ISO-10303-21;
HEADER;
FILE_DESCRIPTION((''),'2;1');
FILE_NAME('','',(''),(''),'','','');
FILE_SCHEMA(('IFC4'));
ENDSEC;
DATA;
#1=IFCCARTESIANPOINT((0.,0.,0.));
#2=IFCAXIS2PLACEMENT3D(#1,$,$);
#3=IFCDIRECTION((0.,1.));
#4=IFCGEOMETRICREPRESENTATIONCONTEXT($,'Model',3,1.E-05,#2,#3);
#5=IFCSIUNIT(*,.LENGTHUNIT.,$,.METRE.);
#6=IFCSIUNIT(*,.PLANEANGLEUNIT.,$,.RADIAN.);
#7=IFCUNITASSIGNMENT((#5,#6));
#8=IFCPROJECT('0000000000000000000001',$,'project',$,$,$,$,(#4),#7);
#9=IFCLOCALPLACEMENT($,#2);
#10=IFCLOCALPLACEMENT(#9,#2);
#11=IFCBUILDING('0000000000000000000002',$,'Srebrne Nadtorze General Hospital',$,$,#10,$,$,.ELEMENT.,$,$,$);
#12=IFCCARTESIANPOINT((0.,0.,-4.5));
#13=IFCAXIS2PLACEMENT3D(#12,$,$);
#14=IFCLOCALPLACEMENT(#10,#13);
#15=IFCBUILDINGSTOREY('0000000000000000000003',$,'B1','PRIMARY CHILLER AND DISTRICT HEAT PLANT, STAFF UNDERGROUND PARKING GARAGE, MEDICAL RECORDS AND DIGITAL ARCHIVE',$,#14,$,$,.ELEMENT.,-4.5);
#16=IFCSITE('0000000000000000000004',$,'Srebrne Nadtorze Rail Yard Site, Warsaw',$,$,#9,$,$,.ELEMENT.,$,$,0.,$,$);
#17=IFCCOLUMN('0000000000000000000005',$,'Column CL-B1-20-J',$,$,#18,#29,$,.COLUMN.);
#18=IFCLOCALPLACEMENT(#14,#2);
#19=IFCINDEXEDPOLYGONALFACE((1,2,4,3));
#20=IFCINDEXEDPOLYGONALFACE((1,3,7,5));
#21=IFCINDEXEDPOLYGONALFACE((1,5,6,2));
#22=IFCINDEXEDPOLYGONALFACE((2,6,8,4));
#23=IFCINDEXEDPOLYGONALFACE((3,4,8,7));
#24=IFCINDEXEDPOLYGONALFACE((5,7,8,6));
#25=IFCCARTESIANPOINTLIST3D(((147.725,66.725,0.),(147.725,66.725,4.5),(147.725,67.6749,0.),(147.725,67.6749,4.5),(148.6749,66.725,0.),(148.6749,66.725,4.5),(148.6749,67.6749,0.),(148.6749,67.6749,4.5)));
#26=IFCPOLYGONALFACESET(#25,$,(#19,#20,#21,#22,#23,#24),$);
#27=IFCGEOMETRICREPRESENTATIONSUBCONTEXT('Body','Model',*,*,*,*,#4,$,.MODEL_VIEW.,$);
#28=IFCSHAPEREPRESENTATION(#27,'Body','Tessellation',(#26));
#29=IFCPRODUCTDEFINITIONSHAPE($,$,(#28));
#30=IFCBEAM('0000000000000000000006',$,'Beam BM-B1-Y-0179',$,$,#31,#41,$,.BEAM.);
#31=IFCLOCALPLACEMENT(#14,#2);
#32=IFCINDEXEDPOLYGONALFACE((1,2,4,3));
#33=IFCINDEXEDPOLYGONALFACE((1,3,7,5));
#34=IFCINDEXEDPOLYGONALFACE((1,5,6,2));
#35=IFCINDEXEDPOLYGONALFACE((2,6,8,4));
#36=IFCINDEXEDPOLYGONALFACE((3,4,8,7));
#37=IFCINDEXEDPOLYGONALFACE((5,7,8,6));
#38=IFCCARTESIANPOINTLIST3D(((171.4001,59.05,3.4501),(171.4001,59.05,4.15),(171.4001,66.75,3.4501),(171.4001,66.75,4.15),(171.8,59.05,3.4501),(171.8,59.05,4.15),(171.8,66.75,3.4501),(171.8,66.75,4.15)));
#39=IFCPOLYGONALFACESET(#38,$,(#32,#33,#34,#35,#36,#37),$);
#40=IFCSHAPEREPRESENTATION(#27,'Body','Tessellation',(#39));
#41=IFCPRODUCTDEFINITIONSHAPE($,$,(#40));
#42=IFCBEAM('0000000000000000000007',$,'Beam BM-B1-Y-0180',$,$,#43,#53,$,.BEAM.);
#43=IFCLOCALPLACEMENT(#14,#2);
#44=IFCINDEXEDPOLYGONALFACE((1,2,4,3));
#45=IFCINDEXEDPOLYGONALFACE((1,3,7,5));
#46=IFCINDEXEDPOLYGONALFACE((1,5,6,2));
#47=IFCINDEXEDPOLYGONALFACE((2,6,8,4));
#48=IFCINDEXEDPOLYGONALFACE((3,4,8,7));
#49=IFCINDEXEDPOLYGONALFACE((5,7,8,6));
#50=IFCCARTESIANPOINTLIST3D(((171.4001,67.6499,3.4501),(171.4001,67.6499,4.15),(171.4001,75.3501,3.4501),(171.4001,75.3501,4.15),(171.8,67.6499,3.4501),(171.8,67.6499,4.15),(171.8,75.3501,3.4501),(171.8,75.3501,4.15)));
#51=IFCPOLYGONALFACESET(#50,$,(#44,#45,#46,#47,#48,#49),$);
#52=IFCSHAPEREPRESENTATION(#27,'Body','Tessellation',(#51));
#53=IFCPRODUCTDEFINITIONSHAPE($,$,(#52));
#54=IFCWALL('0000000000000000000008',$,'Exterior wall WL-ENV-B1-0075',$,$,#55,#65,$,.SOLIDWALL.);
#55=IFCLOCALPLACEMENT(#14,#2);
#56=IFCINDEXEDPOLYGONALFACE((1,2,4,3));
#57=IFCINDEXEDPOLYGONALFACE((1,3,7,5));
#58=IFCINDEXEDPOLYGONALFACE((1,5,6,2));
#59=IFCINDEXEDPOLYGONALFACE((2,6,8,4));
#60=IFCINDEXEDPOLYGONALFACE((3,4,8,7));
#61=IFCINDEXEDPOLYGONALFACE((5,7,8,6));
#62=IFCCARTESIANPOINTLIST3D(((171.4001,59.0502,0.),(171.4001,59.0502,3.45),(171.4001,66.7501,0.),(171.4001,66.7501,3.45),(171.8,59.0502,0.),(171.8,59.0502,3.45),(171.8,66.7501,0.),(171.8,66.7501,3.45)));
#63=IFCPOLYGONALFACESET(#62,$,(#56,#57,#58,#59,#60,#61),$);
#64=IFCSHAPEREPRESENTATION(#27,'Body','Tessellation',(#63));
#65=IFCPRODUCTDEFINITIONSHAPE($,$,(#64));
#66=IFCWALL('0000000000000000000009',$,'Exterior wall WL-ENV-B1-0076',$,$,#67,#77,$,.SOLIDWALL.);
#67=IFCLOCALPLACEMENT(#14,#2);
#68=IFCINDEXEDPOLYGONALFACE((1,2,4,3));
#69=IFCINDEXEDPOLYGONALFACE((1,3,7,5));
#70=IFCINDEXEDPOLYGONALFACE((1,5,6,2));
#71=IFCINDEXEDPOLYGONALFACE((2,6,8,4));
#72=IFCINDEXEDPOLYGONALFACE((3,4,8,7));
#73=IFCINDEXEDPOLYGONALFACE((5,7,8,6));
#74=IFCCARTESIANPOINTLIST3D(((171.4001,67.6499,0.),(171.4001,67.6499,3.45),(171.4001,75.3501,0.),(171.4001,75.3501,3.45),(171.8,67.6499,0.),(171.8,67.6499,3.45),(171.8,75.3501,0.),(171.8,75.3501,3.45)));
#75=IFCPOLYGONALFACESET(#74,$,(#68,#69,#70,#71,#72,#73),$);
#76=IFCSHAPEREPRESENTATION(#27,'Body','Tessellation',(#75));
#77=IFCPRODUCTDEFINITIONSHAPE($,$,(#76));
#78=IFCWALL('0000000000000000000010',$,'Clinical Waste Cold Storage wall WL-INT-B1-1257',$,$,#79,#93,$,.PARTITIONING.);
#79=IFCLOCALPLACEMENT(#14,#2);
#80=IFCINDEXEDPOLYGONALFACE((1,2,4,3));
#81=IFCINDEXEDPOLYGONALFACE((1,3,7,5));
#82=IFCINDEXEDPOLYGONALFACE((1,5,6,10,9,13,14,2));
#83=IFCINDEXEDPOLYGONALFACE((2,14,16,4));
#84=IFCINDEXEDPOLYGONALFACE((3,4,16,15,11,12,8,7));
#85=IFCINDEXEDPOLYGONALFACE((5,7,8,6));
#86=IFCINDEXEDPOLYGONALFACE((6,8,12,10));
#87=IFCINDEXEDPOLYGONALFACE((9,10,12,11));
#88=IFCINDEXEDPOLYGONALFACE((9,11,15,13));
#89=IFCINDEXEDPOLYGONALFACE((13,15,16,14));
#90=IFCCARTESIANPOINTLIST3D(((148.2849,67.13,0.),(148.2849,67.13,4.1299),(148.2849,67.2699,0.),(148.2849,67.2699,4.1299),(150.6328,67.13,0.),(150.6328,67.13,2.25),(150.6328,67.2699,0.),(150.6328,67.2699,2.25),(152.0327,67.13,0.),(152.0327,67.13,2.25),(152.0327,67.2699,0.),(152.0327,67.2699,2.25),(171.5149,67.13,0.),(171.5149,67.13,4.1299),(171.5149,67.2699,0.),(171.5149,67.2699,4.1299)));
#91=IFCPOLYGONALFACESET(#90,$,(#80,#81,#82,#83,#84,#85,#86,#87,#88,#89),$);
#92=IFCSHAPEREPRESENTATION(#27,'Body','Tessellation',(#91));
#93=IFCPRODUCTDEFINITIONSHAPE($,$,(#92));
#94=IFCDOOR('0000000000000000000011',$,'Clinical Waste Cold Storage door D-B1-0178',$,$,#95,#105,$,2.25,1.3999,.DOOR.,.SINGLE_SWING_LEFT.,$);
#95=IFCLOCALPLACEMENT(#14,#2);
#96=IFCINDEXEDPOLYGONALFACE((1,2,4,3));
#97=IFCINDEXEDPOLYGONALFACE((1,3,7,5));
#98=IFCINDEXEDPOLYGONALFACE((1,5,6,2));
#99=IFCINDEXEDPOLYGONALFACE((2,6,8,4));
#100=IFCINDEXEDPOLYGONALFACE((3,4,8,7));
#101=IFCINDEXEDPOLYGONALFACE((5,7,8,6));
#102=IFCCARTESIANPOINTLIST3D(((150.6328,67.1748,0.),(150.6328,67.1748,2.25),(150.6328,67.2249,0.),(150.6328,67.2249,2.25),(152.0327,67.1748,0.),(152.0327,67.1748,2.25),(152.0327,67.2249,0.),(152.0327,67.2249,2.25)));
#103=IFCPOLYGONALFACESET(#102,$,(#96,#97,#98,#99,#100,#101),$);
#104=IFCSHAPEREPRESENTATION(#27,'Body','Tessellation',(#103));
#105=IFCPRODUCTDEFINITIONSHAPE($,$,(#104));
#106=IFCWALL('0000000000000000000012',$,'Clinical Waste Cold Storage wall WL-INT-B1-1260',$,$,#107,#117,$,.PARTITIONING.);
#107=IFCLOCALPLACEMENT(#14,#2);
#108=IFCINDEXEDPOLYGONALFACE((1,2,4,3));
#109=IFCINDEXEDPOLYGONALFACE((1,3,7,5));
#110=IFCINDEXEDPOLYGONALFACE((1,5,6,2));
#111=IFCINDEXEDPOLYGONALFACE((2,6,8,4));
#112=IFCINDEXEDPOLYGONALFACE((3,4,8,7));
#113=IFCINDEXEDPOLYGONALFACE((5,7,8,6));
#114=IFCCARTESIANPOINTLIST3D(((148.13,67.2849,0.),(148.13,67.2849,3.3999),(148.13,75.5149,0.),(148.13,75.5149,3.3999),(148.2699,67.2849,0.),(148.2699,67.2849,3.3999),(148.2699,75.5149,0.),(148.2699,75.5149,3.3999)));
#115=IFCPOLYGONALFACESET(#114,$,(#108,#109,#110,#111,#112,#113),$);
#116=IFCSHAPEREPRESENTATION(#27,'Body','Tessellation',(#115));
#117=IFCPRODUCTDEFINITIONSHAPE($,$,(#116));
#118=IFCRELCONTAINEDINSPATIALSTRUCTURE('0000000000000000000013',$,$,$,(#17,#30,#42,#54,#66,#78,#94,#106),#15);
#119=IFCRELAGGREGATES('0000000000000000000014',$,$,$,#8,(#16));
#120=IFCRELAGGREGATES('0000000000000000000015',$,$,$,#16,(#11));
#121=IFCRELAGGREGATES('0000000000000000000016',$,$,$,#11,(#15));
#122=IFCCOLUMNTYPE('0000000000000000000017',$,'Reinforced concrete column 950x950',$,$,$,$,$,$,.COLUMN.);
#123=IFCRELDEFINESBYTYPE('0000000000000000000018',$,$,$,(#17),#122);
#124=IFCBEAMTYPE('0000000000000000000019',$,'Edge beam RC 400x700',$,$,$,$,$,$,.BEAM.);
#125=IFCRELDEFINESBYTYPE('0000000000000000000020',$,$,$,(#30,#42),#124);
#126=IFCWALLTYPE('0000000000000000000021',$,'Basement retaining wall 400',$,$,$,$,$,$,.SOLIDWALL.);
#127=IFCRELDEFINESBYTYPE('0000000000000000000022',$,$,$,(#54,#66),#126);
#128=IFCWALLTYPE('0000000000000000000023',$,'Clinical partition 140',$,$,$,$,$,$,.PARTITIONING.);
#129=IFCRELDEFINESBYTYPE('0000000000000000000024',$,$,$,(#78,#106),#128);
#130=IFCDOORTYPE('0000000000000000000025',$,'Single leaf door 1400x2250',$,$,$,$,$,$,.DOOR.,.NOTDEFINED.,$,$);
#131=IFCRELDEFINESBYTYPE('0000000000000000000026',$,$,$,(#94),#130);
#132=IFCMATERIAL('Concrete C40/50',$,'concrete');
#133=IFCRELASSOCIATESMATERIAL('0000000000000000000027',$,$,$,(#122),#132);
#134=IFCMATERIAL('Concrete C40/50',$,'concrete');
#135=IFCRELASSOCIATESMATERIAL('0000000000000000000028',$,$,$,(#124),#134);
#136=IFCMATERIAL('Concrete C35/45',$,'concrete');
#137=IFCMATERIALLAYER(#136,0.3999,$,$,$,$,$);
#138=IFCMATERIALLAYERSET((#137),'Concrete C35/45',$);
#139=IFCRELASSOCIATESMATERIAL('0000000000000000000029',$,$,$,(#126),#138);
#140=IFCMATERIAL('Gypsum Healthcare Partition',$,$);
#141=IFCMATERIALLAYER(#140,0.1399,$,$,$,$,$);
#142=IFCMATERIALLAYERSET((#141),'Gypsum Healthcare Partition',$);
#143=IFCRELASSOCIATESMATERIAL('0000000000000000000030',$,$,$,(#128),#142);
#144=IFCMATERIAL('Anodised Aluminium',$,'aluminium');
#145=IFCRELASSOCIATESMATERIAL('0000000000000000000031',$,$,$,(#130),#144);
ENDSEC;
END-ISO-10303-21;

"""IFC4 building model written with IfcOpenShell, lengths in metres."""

from ifc_helpers import new_model, si_unit, direction, frame, frame_2d, origin, origin_2d, place, context, subcontext, project, spatial, rectangle, extrude, material, layer, layer_set, material_profile, profile_set, type_object, element, fill, save


model = new_model("IFC4")

# Units and contexts
model_context = context("Model", 3, precision=1e-05, world=origin(), true_north=direction((0.0, 1.0)))
body_context = subcontext(model_context, "Body", "Model", "MODEL_VIEW")
ifc_project = project(units=[si_unit("LENGTHUNIT", "METRE"), si_unit("PLANEANGLEUNIT", "RADIAN")], contexts=[model_context])

# Site, building, storey
site_placement = place(None, origin())
site = spatial("IfcSite", under=ifc_project, at=site_placement, Name="Srebrne Nadtorze Rail Yard Site, Warsaw", CompositionType="ELEMENT", RefElevation=0.0)
building_placement = place(site_placement, origin())
building = spatial("IfcBuilding", under=site, at=building_placement, Name="Srebrne Nadtorze General Hospital", CompositionType="ELEMENT")
storey_placement = place(building_placement, frame((0.0, 0.0, -4.5)))
storey = spatial("IfcBuildingStorey", under=building, at=storey_placement, Name="B1", Description="PRIMARY CHILLER AND DISTRICT HEAT PLANT, STAFF UNDERGROUND PARKING GARAGE, MEDICAL RECORDS AND DIGITAL ARCHIVE", CompositionType="ELEMENT", Elevation=-4.5)

# Column
ifc_material_1 = material(Name="Concrete C40/50", Category="concrete")
ifc_material_profile_1 = material_profile(ifc_material_1, rectangle(XDim=0.95, YDim=0.95, at=origin_2d()), Name="RC-COL-950x950")
ifc_profile_set_1 = profile_set([ifc_material_profile_1], Name="Concrete C40/50")
column_type_1 = type_object("IfcColumnType", Name="Reinforced concrete column 950x950", PredefinedType="COLUMN", material=ifc_profile_set_1)
column_1_placement = place(storey_placement, frame((148.2, 67.2, 0.0), z_axis=(0.0, 0.0, 1.0), x_axis=(1.0, 0.0, 0.0)))
element("IfcColumn", 1, at=column_1_placement, inside=storey, type_object=column_type_1, Name="Column CL-B1-20-J", PredefinedType="COLUMN", context=body_context, shape_type="SweptSolid", body=[
    extrude(rectangle(XDim=0.95, YDim=0.95, at=origin_2d()), origin(), (0.0, 0.0, 1.0), 4.5),
])

# Beams
ifc_material_2 = material(Name="Concrete C40/50", Category="concrete")
ifc_material_profile_2 = material_profile(ifc_material_2, rectangle(XDim=0.3999, YDim=0.7, at=origin_2d()), Name="RC-BM-400x700")
ifc_profile_set_2 = profile_set([ifc_material_profile_2], Name="Concrete C40/50")
beam_type = type_object("IfcBeamType", Name="Edge beam RC 400x700", PredefinedType="BEAM", material=ifc_profile_set_2)
beam_1_placement = place(storey_placement, frame((171.6001, 59.05, 3.8), z_axis=(0.0, 1.0, 0.0), x_axis=(-1.0, 0.0, 0.0)))
element("IfcBeam", 2, at=beam_1_placement, inside=storey, type_object=beam_type, Name="Beam BM-B1-Y-0179", PredefinedType="BEAM", context=body_context, shape_type="SweptSolid", body=[
    extrude(rectangle(XDim=0.3999, YDim=0.7, at=origin_2d()), origin(), (0.0, 0.0, 1.0), 7.7),
])
beam_2_placement = place(storey_placement, frame((171.6001, 67.6499, 3.8), z_axis=(0.0, 1.0, 0.0), x_axis=(-1.0, 0.0, 0.0)))
element("IfcBeam", 3, at=beam_2_placement, inside=storey, type_object=beam_type, Name="Beam BM-B1-Y-0180", PredefinedType="BEAM", context=body_context, shape_type="SweptSolid", body=[
    extrude(rectangle(XDim=0.3999, YDim=0.7, at=origin_2d()), origin(), (0.0, 0.0, 1.0), 7.7002),
])

# Walls
ifc_material_3 = material(Name="Concrete C35/45", Category="concrete")
ifc_layer_1 = layer(ifc_material_3, 0.3999)
ifc_layer_set_1 = layer_set([ifc_layer_1], Name="Concrete C35/45")
wall_type_1 = type_object("IfcWallType", Name="Basement retaining wall 400", PredefinedType="SOLIDWALL", material=ifc_layer_set_1)
wall_1_placement = place(storey_placement, frame((171.6001, 59.05, 0.0), z_axis=(0.0, 0.0, 1.0), x_axis=(0.0, 1.0, 0.0)))
element("IfcWall", 4, at=wall_1_placement, inside=storey, type_object=wall_type_1, Name="Exterior wall WL-ENV-B1-0075", PredefinedType="SOLIDWALL", context=body_context, shape_type="SweptSolid", body=[
    extrude(rectangle(XDim=7.7, YDim=0.3999, at=frame_2d((3.8501, 0.0))), origin(), (0.0, 0.0, 1.0), 3.45),
])
wall_2_placement = place(storey_placement, frame((171.6001, 67.6499, 0.0), z_axis=(0.0, 0.0, 1.0), x_axis=(0.0, 1.0, 0.0)))
element("IfcWall", 5, at=wall_2_placement, inside=storey, type_object=wall_type_1, Name="Exterior wall WL-ENV-B1-0076", PredefinedType="SOLIDWALL", context=body_context, shape_type="SweptSolid", body=[
    extrude(rectangle(XDim=7.7002, YDim=0.3999, at=frame_2d((3.8501, 0.0))), origin(), (0.0, 0.0, 1.0), 3.45),
])

# Wall, opening, door
ifc_material_4 = material(Name="Gypsum Healthcare Partition")
ifc_layer_2 = layer(ifc_material_4, 0.1399)
ifc_layer_set_2 = layer_set([ifc_layer_2], Name="Gypsum Healthcare Partition")
wall_type_2 = type_object("IfcWallType", Name="Clinical partition 140", PredefinedType="PARTITIONING", material=ifc_layer_set_2)
wall_3_placement = place(storey_placement, frame((148.2849, 67.2, 0.0), z_axis=(0.0, 0.0, 1.0), x_axis=(1.0, 0.0, 0.0)))
wall_3 = element("IfcWall", 6, at=wall_3_placement, inside=storey, type_object=wall_type_2, Name="Clinical Waste Cold Storage wall WL-INT-B1-1257", PredefinedType="PARTITIONING", context=body_context, shape_type="SweptSolid", body=[
    extrude(rectangle(XDim=23.23, YDim=0.1399, at=frame_2d((11.615, 0.0))), origin(), (0.0, 0.0, 1.0), 4.1299),
])
opening_placement = place(wall_3_placement, frame((2.3479, 0.0, 0.0)))
opening = element("IfcOpeningElement", 7, at=opening_placement, cuts=wall_3, PredefinedType="OPENING", context=body_context, shape_type="SweptSolid", body=[
    extrude(rectangle(XDim=1.3999, YDim=2.25, at=frame_2d((0.7, 1.125))), frame((0.0, 0.082, 0.0), z_axis=(0.0, -1.0, 0.0), x_axis=(1.0, 0.0, 0.0)), (0.0, 0.0, 1.0), 0.1638),
])
ifc_material_5 = material(Name="Anodised Aluminium", Category="aluminium")
door_type = type_object("IfcDoorType", Name="Single leaf door 1400x2250", OperationType="NOTDEFINED", PredefinedType="DOOR", material=ifc_material_5)
door_placement = place(opening_placement, origin())
door = element("IfcDoor", 8, at=door_placement, inside=storey, type_object=door_type, Name="Clinical Waste Cold Storage door D-B1-0178", OperationType="SINGLE_SWING_LEFT", OverallHeight=2.25, OverallWidth=1.3999, PredefinedType="DOOR", context=body_context, shape_type="SweptSolid", body=[
    extrude(rectangle(XDim=1.3999, YDim=2.25, at=frame_2d((0.7, 1.125))), frame((0.0, 0.0249, 0.0), z_axis=(0.0, -1.0, 0.0), x_axis=(1.0, 0.0, 0.0)), (0.0, 0.0, 1.0), 0.05),
])
fill(opening, door)

# Wall
wall_4_placement = place(storey_placement, frame((148.2, 67.2849, 0.0), z_axis=(0.0, 0.0, 1.0), x_axis=(0.0, 1.0, 0.0)))
element("IfcWall", 9, at=wall_4_placement, inside=storey, type_object=wall_type_2, Name="Clinical Waste Cold Storage wall WL-INT-B1-1260", PredefinedType="PARTITIONING", context=body_context, shape_type="SweptSolid", body=[
    extrude(rectangle(XDim=8.23, YDim=0.1399, at=frame_2d((4.115, 0.0))), origin(), (0.0, 0.0, 1.0), 3.3999),
])

save(model, "model.ifc")
